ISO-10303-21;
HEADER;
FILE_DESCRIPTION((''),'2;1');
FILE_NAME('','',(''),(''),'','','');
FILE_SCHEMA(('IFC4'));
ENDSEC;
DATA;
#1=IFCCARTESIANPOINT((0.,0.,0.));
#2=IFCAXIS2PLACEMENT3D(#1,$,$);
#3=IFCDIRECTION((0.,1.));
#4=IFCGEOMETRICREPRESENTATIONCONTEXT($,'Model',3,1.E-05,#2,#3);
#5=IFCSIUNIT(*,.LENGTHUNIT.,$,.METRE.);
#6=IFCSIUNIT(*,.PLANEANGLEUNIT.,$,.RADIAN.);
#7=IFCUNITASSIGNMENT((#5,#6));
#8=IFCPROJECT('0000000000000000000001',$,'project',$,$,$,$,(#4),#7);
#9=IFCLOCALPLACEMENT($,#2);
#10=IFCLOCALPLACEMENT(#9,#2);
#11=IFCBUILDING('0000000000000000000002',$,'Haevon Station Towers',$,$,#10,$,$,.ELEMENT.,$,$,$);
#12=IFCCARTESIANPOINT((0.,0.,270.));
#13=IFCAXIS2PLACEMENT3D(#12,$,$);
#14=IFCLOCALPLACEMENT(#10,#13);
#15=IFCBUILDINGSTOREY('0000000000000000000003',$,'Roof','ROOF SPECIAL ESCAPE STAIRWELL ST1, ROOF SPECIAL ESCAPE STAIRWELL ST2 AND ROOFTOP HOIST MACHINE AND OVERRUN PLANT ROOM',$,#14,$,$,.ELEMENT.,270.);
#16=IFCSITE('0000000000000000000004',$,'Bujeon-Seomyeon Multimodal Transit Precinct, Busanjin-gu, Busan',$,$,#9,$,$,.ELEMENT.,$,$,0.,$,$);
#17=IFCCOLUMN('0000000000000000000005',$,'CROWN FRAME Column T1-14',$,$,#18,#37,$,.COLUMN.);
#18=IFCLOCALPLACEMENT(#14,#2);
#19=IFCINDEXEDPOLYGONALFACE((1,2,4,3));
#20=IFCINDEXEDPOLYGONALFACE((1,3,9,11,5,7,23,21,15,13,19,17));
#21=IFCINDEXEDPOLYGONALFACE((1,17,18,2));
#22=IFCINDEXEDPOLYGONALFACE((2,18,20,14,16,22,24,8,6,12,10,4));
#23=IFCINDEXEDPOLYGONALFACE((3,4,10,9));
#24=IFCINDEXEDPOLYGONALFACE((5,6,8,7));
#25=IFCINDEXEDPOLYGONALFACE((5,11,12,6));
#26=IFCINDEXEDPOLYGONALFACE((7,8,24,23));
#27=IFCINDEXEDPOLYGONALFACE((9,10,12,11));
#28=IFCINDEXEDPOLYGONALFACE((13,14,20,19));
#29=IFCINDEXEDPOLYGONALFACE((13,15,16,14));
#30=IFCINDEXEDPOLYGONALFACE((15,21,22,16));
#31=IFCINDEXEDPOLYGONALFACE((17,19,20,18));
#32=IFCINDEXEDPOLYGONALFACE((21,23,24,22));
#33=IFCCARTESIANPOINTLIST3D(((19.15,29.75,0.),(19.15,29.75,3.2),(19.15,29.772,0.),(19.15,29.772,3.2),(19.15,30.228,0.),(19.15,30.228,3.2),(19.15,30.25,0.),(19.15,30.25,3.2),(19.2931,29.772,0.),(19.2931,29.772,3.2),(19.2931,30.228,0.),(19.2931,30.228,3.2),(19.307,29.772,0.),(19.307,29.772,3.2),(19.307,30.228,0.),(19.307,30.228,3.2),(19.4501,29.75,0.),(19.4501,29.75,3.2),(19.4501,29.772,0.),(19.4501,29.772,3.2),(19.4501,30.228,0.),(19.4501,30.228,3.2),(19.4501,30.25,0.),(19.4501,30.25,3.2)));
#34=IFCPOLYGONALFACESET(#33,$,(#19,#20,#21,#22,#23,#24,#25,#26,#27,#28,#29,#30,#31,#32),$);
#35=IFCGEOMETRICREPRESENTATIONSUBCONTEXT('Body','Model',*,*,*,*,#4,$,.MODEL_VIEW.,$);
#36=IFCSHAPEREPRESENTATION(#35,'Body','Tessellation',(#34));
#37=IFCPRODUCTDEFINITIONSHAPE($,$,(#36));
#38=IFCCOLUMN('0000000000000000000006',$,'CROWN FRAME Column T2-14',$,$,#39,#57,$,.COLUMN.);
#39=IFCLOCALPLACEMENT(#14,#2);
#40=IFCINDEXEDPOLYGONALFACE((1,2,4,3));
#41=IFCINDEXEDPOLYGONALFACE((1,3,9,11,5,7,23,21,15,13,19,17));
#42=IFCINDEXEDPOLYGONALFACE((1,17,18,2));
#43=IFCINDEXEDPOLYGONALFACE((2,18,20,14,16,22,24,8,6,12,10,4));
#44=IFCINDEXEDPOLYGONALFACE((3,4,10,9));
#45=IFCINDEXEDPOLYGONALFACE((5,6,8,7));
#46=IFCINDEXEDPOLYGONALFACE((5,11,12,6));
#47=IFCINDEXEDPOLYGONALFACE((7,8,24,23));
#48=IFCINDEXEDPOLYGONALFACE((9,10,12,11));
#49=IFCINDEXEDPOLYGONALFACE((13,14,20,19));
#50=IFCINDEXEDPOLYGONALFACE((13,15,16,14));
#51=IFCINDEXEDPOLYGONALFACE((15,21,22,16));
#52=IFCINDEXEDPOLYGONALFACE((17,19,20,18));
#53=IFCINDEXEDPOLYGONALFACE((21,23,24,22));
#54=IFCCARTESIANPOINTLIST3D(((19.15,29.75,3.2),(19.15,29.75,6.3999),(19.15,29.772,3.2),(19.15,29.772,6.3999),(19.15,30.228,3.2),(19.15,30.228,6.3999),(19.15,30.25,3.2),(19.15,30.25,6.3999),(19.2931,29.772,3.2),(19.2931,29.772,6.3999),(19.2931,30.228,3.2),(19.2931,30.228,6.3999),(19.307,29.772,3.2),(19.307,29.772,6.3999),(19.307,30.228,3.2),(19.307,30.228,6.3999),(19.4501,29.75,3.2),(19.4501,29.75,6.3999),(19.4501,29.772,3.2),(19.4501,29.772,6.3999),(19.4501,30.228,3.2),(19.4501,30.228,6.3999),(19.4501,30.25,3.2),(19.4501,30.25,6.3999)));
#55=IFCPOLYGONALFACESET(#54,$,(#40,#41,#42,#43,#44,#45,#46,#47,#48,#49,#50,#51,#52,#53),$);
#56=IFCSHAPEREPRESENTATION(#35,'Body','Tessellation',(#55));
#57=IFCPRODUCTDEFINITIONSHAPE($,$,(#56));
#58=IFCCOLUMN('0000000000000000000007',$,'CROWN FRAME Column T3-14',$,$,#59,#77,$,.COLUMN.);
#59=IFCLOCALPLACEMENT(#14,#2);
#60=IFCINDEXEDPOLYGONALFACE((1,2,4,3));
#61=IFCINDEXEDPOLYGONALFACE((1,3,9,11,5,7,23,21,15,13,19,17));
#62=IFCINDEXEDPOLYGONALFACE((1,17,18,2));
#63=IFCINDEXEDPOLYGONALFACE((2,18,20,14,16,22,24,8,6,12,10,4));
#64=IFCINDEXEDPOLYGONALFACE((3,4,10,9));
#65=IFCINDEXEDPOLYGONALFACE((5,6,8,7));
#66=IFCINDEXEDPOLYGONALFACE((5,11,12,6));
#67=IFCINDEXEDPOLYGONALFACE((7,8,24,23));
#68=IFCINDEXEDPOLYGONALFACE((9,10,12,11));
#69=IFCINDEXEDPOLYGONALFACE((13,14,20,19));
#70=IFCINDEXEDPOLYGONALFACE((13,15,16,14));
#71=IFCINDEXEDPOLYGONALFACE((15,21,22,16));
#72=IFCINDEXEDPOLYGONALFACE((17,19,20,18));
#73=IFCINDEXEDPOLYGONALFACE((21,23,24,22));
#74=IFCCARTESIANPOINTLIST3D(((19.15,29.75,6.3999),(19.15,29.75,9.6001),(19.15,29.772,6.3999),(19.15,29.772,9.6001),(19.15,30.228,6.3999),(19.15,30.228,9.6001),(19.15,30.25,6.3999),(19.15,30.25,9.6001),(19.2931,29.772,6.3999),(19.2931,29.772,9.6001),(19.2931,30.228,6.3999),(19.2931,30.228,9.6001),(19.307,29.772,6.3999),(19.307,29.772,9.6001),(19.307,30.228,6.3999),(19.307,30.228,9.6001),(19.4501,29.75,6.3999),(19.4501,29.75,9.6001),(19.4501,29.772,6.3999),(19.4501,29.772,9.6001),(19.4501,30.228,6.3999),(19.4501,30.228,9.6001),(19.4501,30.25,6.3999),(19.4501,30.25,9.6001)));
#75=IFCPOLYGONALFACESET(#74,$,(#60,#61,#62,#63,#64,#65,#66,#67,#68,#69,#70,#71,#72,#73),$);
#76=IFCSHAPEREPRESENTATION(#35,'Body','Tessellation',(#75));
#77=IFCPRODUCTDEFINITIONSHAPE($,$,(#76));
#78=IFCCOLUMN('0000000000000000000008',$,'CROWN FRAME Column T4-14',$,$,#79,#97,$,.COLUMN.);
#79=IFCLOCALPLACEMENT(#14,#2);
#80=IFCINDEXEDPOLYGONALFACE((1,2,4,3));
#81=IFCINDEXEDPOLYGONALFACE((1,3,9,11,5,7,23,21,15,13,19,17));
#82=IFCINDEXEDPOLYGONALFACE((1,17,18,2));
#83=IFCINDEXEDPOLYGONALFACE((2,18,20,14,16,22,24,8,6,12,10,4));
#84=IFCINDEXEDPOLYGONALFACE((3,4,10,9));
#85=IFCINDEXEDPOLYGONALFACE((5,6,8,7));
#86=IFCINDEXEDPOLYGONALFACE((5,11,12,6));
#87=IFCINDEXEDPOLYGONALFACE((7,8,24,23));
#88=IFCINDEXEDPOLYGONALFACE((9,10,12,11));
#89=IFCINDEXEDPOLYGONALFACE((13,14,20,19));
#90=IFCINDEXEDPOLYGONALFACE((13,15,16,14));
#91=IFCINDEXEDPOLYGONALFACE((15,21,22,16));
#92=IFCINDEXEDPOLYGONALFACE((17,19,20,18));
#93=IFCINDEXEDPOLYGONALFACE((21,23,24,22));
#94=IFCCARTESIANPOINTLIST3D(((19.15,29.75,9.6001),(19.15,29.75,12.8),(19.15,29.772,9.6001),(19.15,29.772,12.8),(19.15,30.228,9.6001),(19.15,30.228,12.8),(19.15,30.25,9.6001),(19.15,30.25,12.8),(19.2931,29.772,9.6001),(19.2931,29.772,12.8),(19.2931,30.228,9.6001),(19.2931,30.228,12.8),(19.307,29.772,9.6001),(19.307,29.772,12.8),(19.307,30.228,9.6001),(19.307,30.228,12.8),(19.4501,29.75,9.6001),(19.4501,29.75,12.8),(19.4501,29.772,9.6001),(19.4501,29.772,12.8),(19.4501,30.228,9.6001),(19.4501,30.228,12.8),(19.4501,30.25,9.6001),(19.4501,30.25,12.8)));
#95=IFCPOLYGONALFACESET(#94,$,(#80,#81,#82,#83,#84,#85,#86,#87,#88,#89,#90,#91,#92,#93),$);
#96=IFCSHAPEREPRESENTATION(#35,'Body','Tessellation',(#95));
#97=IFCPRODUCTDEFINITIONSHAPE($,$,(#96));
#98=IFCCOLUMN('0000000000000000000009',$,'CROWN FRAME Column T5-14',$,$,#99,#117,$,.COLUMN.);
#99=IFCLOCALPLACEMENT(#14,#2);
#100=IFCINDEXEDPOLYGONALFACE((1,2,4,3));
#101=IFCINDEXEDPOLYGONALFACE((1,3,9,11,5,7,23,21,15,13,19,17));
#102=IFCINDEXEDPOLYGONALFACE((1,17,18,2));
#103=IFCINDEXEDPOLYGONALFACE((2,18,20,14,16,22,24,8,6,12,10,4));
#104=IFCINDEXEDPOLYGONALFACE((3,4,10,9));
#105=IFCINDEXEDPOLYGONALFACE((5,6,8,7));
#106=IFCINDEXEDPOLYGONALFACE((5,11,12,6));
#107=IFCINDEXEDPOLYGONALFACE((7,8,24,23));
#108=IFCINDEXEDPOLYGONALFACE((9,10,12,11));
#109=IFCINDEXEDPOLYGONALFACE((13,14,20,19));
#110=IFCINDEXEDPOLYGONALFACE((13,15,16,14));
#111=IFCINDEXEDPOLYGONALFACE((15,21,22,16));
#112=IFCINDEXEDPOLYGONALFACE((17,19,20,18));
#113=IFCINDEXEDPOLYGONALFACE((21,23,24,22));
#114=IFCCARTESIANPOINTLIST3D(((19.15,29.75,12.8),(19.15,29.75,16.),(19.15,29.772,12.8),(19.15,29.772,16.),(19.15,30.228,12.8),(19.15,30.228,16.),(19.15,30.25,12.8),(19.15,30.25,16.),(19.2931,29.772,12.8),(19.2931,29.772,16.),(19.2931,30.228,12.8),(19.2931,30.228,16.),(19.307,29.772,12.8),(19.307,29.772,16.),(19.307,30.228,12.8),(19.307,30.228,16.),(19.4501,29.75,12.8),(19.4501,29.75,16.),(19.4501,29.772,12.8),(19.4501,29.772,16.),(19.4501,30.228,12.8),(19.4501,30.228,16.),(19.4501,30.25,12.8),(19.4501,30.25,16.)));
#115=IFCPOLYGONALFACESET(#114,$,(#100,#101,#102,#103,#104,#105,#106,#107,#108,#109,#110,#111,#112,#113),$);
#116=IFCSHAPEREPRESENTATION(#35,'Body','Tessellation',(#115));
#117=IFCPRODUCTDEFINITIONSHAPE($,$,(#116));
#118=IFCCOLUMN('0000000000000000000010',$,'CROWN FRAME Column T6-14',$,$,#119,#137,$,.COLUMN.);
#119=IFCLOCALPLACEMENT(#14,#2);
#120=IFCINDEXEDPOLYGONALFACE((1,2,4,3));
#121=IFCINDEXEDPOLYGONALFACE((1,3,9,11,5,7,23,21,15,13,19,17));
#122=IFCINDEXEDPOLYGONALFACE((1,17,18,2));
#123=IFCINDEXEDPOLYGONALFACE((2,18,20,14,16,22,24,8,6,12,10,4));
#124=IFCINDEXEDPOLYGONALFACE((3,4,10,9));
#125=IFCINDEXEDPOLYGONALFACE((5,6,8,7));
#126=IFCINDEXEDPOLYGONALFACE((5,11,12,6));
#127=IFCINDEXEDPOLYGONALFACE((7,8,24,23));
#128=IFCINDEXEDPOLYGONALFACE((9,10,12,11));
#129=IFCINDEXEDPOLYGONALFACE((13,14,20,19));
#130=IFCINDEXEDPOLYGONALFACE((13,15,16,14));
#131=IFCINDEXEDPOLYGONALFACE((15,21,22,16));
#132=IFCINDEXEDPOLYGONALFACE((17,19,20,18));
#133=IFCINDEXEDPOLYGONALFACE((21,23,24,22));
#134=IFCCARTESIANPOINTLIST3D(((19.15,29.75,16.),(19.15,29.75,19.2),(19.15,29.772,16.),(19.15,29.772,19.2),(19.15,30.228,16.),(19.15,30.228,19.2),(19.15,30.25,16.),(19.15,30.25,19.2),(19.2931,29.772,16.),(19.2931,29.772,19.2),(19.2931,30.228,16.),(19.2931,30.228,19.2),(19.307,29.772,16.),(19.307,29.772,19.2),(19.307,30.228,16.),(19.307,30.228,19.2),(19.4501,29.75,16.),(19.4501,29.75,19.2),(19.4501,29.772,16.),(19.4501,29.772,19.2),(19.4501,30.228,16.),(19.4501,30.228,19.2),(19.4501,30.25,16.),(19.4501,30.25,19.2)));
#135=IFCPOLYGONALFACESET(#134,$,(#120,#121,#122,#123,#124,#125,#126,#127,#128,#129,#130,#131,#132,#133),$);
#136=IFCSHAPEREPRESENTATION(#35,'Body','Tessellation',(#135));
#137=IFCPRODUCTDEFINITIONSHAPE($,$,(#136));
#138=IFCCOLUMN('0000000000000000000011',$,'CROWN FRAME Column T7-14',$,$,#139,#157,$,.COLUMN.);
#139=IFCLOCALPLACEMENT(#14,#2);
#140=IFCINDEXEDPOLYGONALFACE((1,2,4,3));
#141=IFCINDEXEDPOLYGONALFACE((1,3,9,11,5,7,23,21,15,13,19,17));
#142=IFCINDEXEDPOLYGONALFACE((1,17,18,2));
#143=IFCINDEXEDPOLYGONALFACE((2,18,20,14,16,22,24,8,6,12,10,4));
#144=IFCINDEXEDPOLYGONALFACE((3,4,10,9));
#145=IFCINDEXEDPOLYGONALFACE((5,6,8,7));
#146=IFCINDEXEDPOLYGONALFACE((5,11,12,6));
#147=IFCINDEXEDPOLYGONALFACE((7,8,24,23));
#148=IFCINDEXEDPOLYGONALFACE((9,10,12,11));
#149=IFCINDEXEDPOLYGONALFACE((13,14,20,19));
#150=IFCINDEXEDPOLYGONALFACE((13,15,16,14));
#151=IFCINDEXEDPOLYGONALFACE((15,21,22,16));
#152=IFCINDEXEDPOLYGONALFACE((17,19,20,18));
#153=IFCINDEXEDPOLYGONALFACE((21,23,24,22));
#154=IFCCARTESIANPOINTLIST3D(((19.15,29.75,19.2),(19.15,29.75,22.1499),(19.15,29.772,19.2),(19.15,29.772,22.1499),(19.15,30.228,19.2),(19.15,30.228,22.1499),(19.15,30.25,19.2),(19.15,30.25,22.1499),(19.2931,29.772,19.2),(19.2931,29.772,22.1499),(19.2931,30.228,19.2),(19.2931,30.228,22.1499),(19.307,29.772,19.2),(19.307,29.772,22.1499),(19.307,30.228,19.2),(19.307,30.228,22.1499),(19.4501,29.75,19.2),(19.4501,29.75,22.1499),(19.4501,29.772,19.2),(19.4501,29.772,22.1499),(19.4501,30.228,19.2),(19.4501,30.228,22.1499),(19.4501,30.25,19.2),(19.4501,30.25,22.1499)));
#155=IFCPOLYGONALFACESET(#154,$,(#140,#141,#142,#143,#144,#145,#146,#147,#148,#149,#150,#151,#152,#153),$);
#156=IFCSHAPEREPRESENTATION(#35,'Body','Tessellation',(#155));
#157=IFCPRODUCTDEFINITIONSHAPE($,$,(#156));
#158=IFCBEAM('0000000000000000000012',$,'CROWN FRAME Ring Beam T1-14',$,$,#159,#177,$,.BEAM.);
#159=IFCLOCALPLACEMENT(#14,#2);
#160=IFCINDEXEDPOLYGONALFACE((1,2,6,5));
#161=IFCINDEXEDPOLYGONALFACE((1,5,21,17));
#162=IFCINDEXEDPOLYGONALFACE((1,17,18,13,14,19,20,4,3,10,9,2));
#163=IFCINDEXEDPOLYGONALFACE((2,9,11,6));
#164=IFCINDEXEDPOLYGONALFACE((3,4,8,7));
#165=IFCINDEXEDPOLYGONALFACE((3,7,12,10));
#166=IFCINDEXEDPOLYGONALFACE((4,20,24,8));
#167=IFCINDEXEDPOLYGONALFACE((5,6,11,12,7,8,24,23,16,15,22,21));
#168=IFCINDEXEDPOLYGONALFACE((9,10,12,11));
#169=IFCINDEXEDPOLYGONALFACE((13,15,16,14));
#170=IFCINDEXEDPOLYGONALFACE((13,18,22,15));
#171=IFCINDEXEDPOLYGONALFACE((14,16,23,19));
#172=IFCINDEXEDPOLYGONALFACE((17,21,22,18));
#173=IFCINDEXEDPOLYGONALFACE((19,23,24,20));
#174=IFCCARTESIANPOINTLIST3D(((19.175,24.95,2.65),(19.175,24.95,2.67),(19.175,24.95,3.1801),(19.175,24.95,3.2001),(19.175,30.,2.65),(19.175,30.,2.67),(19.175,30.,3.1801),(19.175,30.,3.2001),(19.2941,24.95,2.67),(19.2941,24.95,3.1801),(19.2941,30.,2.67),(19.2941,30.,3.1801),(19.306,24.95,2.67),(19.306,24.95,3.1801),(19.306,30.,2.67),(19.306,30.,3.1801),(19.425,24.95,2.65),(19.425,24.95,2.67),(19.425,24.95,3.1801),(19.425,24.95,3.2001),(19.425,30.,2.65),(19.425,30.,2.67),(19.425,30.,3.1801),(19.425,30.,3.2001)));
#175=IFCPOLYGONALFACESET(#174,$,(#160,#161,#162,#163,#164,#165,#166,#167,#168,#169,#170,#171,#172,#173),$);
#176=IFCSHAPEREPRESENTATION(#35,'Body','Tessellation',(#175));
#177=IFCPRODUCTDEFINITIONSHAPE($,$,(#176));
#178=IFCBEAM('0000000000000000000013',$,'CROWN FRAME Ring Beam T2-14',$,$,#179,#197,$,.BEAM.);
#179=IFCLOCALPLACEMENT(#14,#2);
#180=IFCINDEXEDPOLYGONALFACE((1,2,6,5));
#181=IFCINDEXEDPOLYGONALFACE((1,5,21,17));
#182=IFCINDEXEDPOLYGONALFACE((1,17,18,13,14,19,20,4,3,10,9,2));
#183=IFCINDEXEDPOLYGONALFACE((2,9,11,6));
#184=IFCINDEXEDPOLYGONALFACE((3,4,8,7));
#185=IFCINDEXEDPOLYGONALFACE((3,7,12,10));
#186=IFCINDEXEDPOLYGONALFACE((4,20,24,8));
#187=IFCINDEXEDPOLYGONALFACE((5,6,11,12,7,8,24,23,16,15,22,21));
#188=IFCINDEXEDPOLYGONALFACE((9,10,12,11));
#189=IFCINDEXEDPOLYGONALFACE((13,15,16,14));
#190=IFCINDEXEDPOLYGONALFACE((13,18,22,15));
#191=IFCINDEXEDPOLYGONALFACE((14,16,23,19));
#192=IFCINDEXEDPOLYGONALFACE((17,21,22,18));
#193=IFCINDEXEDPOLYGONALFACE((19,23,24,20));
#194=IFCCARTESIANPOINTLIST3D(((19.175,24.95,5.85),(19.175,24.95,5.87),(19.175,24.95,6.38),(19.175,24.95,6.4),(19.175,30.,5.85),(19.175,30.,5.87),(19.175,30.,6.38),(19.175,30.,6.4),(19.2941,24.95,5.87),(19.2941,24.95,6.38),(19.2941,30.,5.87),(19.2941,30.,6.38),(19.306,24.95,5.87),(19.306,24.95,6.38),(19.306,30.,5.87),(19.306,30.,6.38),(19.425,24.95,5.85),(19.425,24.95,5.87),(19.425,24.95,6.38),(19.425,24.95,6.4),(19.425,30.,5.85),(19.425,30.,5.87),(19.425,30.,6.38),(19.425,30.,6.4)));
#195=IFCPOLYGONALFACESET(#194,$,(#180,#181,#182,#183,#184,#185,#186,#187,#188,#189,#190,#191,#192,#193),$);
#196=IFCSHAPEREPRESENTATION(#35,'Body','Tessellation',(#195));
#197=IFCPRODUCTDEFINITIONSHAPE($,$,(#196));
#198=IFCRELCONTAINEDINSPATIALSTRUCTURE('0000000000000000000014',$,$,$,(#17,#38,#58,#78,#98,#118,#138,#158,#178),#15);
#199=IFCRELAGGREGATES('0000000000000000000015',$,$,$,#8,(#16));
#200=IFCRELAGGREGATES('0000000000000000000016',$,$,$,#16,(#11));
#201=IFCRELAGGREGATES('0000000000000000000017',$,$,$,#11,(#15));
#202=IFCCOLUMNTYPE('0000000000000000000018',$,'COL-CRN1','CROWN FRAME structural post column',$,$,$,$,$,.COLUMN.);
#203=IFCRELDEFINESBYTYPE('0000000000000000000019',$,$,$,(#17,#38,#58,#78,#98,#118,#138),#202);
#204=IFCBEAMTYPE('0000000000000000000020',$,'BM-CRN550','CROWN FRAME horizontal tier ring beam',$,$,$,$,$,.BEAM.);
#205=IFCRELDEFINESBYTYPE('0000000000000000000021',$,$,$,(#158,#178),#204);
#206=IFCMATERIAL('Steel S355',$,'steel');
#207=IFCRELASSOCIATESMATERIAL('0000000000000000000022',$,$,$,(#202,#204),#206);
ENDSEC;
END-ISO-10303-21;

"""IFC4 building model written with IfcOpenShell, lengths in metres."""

from ifc_helpers import new_model, si_unit, direction, frame, origin, origin_2d, place, context, subcontext, project, spatial, i_section, extrude, material, material_profile, profile_set, type_object, element, save


model = new_model("IFC4")

# Units and contexts
model_context = context("Model", 3, precision=1e-05, world=origin(), true_north=direction((0.0, 1.0)))
body_context = subcontext(model_context, "Body", "Model", "MODEL_VIEW")
ifc_project = project(units=[si_unit("LENGTHUNIT", "METRE"), si_unit("PLANEANGLEUNIT", "RADIAN")], contexts=[model_context])

# Site, building, storey
site_placement = place(None, origin())
site = spatial("IfcSite", under=ifc_project, at=site_placement, Name="Bujeon-Seomyeon Multimodal Transit Precinct, Busanjin-gu, Busan", CompositionType="ELEMENT", RefElevation=0.0)
building_placement = place(site_placement, origin())
building = spatial("IfcBuilding", under=site, at=building_placement, Name="Haevon Station Towers", CompositionType="ELEMENT")
storey_placement = place(building_placement, frame((0.0, 0.0, 270.0)))
storey = spatial("IfcBuildingStorey", under=building, at=storey_placement, Name="Roof", Description="ROOF SPECIAL ESCAPE STAIRWELL ST1, ROOF SPECIAL ESCAPE STAIRWELL ST2 AND ROOFTOP HOIST MACHINE AND OVERRUN PLANT ROOM", CompositionType="ELEMENT", Elevation=270.0)

# Columns
ifc_material_1 = material(Name="Steel S355", Category="steel")
ifc_material_profile_1 = material_profile(ifc_material_1, i_section(OverallWidth=0.3, OverallDepth=0.5, WebThickness=0.0139, FlangeThickness=0.022, at=origin_2d()), Name="H-500x300x14x22")
ifc_profile_set_1 = profile_set([ifc_material_profile_1], Name="Steel S355")
column_type = type_object("IfcColumnType", Name="COL-CRN1", Description="CROWN FRAME structural post column", PredefinedType="COLUMN", material=ifc_profile_set_1)
for number, where, z_axis, x_axis, name in (
    (1, (19.3, 30.0, 0.0), (0.0, 0.0, 1.0), (1.0, 0.0, 0.0), "CROWN FRAME Column T1-14"),
    (2, (19.3, 30.0, 3.2), (0.0, 0.0, 1.0), (1.0, 0.0, 0.0), "CROWN FRAME Column T2-14"),
):
    element("IfcColumn", number, at=place(storey_placement, frame(where, z_axis=z_axis, x_axis=x_axis)), inside=storey, type_object=column_type, Name=name, PredefinedType="COLUMN", context=body_context, shape_type="SweptSolid", body=[
        extrude(i_section(OverallWidth=0.3, OverallDepth=0.5, WebThickness=0.0139, FlangeThickness=0.022, at=origin_2d()), origin(), (0.0, 0.0, 1.0), 3.2),
    ])
column_1_placement = place(storey_placement, frame((19.3, 30.0, 6.3999), z_axis=(0.0, 0.0, 1.0), x_axis=(1.0, 0.0, 0.0)))
element("IfcColumn", 3, at=column_1_placement, inside=storey, type_object=column_type, Name="CROWN FRAME Column T3-14", PredefinedType="COLUMN", context=body_context, shape_type="SweptSolid", body=[
    extrude(i_section(OverallWidth=0.3, OverallDepth=0.5, WebThickness=0.0139, FlangeThickness=0.022, at=origin_2d()), origin(), (0.0, 0.0, 1.0), 3.2002),
])
for number, where, z_axis, x_axis, name in (
    (4, (19.3, 30.0, 9.6001), (0.0, 0.0, 1.0), (1.0, 0.0, 0.0), "CROWN FRAME Column T4-14"),
    (5, (19.3, 30.0, 12.8), (0.0, 0.0, 1.0), (1.0, 0.0, 0.0), "CROWN FRAME Column T5-14"),
    (6, (19.3, 30.0, 16.0), (0.0, 0.0, 1.0), (1.0, 0.0, 0.0), "CROWN FRAME Column T6-14"),
):
    element("IfcColumn", number, at=place(storey_placement, frame(where, z_axis=z_axis, x_axis=x_axis)), inside=storey, type_object=column_type, Name=name, PredefinedType="COLUMN", context=body_context, shape_type="SweptSolid", body=[
        extrude(i_section(OverallWidth=0.3, OverallDepth=0.5, WebThickness=0.0139, FlangeThickness=0.022, at=origin_2d()), origin(), (0.0, 0.0, 1.0), 3.2),
    ])
column_2_placement = place(storey_placement, frame((19.3, 30.0, 19.2), z_axis=(0.0, 0.0, 1.0), x_axis=(1.0, 0.0, 0.0)))
element("IfcColumn", 7, at=column_2_placement, inside=storey, type_object=column_type, Name="CROWN FRAME Column T7-14", PredefinedType="COLUMN", context=body_context, shape_type="SweptSolid", body=[
    extrude(i_section(OverallWidth=0.3, OverallDepth=0.5, WebThickness=0.0139, FlangeThickness=0.022, at=origin_2d()), origin(), (0.0, 0.0, 1.0), 2.95),
])

# Beams
ifc_material_profile_2 = material_profile(ifc_material_1, i_section(OverallWidth=0.25, OverallDepth=0.55, WebThickness=0.012, FlangeThickness=0.02, at=origin_2d()), Name="H-550x250x12x20")
ifc_profile_set_2 = profile_set([ifc_material_profile_2], Name="Steel S355")
beam_type = type_object("IfcBeamType", Name="BM-CRN550", Description="CROWN FRAME horizontal tier ring beam", PredefinedType="BEAM", material=ifc_profile_set_2)
for number, where, z_axis, x_axis, name in (
    (8, (19.3, 30.0, 2.925), (0.0, -1.0, 0.0), (1.0, 0.0, 0.0), "CROWN FRAME Ring Beam T1-14"),
    (9, (19.3, 30.0, 6.125), (0.0, -1.0, 0.0), (1.0, 0.0, 0.0), "CROWN FRAME Ring Beam T2-14"),
):
    element("IfcBeam", number, at=place(storey_placement, frame(where, z_axis=z_axis, x_axis=x_axis)), inside=storey, type_object=beam_type, Name=name, PredefinedType="BEAM", context=body_context, shape_type="SweptSolid", body=[
        extrude(i_section(OverallWidth=0.25, OverallDepth=0.55, WebThickness=0.012, FlangeThickness=0.02, at=origin_2d()), origin(), (0.0, 0.0, 1.0), 5.05),
    ])

save(model, "model.ifc")
